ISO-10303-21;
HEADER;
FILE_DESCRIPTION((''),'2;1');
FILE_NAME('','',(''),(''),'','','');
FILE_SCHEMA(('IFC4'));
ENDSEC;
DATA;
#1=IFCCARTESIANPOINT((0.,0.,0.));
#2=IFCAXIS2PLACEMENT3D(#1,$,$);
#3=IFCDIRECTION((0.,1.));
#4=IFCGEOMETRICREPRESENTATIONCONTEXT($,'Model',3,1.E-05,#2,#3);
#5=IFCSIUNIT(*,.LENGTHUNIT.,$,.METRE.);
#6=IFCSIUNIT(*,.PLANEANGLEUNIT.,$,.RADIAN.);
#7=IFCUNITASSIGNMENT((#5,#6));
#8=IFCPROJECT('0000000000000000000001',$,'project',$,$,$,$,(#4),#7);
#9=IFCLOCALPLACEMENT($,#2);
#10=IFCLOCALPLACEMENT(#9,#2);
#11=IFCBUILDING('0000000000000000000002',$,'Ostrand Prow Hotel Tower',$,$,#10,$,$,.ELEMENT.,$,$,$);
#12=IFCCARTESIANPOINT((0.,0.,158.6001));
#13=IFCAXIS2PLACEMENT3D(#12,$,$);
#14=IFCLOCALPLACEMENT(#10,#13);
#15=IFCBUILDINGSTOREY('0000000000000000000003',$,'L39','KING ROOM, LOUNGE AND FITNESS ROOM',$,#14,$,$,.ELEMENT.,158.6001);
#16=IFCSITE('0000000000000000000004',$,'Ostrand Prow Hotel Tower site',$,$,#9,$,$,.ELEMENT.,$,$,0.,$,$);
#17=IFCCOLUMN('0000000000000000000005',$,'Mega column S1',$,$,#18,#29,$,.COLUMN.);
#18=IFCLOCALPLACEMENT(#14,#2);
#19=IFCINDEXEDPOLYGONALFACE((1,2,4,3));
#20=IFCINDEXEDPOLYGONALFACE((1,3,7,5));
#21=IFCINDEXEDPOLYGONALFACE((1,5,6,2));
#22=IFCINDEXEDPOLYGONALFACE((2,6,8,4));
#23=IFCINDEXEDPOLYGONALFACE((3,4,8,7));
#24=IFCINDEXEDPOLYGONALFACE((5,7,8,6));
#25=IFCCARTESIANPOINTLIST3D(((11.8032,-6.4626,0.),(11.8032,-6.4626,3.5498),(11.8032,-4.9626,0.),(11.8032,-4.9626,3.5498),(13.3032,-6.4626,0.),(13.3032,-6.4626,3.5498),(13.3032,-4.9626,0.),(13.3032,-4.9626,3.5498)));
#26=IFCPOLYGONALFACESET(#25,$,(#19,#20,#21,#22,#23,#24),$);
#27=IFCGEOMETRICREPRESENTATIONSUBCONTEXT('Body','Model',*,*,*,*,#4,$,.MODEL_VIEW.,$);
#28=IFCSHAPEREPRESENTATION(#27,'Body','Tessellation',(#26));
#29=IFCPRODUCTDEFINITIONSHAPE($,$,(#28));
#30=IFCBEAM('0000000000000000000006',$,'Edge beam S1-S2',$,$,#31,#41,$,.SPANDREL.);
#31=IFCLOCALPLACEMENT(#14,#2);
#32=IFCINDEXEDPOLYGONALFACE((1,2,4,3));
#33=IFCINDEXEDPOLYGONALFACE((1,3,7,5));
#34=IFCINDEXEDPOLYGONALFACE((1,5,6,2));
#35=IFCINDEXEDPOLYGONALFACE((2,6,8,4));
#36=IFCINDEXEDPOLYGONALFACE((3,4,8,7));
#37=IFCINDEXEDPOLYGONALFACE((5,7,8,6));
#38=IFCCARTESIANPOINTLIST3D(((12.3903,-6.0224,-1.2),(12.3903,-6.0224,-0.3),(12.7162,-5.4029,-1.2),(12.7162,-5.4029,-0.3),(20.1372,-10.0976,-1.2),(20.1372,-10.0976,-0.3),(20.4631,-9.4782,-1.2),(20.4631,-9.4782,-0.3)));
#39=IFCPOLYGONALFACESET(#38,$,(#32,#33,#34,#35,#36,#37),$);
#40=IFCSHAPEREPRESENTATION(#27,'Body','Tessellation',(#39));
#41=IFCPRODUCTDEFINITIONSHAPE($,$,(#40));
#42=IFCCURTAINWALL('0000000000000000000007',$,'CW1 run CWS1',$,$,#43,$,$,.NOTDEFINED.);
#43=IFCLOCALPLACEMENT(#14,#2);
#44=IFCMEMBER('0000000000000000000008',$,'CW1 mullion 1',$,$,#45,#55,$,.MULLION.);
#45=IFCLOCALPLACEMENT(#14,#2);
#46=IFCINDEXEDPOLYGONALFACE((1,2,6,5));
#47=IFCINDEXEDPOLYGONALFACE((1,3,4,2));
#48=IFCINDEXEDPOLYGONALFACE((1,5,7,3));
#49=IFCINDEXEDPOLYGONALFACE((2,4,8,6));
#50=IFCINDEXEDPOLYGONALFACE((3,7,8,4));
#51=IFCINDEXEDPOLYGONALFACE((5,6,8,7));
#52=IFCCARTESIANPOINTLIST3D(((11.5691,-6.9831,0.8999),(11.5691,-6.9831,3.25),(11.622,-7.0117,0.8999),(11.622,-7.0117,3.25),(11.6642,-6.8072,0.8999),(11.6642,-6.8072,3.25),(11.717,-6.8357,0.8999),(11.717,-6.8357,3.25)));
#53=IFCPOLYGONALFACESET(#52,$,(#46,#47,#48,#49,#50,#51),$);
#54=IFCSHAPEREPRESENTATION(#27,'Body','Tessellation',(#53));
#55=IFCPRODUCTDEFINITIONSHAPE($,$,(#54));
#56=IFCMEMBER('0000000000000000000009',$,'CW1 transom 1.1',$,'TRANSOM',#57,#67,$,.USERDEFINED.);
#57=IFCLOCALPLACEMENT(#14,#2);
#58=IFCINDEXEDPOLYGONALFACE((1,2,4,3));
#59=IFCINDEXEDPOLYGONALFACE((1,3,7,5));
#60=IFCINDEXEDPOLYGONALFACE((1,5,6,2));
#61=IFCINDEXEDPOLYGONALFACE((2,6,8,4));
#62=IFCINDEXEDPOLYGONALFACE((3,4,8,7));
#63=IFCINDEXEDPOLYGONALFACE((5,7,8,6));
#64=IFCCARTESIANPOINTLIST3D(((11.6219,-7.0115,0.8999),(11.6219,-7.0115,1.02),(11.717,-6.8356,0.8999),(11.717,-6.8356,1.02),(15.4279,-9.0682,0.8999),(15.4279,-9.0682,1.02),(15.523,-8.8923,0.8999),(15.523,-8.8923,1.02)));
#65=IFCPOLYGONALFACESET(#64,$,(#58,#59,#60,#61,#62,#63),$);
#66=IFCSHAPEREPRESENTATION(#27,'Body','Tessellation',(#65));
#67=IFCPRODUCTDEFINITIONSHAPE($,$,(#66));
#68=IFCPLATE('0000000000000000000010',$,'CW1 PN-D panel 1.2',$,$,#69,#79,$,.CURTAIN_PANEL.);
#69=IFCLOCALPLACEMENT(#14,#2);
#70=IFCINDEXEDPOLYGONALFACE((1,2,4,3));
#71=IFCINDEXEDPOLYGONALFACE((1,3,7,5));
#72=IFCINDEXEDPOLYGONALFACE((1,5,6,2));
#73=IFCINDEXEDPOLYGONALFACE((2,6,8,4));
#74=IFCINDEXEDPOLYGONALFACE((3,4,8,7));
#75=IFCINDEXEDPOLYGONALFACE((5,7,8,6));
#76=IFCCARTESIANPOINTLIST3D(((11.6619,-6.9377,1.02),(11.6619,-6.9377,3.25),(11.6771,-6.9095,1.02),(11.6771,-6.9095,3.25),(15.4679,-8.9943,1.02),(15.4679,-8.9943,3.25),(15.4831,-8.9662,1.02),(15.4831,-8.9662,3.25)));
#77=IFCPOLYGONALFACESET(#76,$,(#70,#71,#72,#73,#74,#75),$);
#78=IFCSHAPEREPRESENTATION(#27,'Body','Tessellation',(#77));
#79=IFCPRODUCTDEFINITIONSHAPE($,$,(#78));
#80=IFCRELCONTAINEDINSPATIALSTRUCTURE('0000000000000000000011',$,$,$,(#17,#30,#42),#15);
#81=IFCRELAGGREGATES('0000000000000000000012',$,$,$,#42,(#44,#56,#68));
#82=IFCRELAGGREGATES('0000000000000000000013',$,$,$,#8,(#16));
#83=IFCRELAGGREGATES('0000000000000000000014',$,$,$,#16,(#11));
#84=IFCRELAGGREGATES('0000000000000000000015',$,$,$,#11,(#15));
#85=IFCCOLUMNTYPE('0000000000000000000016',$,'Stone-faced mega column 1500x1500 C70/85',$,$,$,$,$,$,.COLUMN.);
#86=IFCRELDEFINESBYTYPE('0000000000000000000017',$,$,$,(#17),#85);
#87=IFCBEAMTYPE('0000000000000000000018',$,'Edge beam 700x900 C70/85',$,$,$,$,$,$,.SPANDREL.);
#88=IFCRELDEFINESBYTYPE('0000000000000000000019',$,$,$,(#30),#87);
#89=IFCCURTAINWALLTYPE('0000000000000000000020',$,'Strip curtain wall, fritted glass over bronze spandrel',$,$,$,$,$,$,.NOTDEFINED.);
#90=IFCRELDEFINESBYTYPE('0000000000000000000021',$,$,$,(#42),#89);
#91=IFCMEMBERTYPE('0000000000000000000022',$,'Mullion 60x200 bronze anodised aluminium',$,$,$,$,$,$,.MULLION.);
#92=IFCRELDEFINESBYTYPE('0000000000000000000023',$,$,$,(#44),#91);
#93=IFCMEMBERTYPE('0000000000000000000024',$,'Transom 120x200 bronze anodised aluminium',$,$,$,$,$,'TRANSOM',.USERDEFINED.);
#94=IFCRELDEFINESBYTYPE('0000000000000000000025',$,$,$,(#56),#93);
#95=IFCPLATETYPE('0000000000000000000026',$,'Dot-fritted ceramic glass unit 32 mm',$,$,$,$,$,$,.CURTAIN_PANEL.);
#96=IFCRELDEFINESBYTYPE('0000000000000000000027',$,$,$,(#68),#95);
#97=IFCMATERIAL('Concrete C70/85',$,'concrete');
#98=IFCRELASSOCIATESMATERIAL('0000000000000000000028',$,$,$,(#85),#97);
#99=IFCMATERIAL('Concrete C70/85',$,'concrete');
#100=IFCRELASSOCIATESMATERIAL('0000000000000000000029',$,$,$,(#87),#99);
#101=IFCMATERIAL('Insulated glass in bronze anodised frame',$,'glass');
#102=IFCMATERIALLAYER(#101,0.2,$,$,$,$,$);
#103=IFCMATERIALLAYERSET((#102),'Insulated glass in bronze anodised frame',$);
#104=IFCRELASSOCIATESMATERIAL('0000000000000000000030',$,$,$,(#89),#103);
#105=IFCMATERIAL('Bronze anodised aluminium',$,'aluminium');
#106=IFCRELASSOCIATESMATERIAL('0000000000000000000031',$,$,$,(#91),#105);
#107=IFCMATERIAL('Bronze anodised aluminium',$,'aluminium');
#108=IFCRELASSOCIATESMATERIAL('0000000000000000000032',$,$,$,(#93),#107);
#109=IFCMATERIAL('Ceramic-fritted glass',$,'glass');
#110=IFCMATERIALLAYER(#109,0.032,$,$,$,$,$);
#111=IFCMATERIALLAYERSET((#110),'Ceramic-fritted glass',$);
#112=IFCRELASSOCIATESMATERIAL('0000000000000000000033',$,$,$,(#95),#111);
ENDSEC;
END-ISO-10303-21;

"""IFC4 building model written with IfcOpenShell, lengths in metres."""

from ifc_helpers import new_model, si_unit, direction, frame, origin, origin_2d, place, context, subcontext, project, spatial, rectangle, extrude, material, layer, layer_set, material_profile, profile_set, type_object, element, aggregate, save


model = new_model("IFC4")

# Units and contexts
model_context = context("Model", 3, precision=1e-05, world=origin(), true_north=direction((0.0, 1.0)))
body_context = subcontext(model_context, "Body", "Model", "MODEL_VIEW")
ifc_project = project(units=[si_unit("LENGTHUNIT", "METRE"), si_unit("PLANEANGLEUNIT", "RADIAN")], contexts=[model_context])

# Site, building, storey
site_placement = place(None, origin())
site = spatial("IfcSite", under=ifc_project, at=site_placement, Name="Ostrand Prow Hotel Tower site", CompositionType="ELEMENT", RefElevation=0.0)
building_placement = place(site_placement, origin())
building = spatial("IfcBuilding", under=site, at=building_placement, Name="Ostrand Prow Hotel Tower", CompositionType="ELEMENT")
storey_placement = place(building_placement, frame((0.0, 0.0, 158.6001)))
storey = spatial("IfcBuildingStorey", under=building, at=storey_placement, Name="L39", Description="KING ROOM, LOUNGE AND FITNESS ROOM", CompositionType="ELEMENT", Elevation=158.6001)

# Column
ifc_material_1 = material(Name="Concrete C70/85", Category="concrete")
ifc_material_profile_1 = material_profile(ifc_material_1, rectangle(XDim=1.5, YDim=1.5, at=origin_2d()), Name="RC 1500x1500")
ifc_profile_set_1 = profile_set([ifc_material_profile_1], Name="Concrete C70/85")
column_type = type_object("IfcColumnType", Name="Stone-faced mega column 1500x1500 C70/85", PredefinedType="COLUMN", material=ifc_profile_set_1)
column_placement = place(storey_placement, frame((12.5532, -5.7126, 0.0), z_axis=(0.0, 0.0, 1.0), x_axis=(1.0, 0.0, 0.0)))
element("IfcColumn", 1, at=column_placement, inside=storey, type_object=column_type, Name="Mega column S1", PredefinedType="COLUMN", context=body_context, shape_type="SweptSolid", body=[
    extrude(rectangle(XDim=1.5, YDim=1.5, at=origin_2d()), origin(), (0.0, 0.0, 1.0), 3.5498),
])

# Beam
ifc_material_2 = material(Name="Concrete C70/85", Category="concrete")
ifc_material_profile_2 = material_profile(ifc_material_2, rectangle(XDim=0.7, YDim=0.8999, at=origin_2d()), Name="RC 700x900")
ifc_profile_set_2 = profile_set([ifc_material_profile_2], Name="Concrete C70/85")
beam_type = type_object("IfcBeamType", Name="Edge beam 700x900 C70/85", PredefinedType="SPANDREL", material=ifc_profile_set_2)
beam_placement = place(storey_placement, frame((12.5532, -5.7126, -0.75), z_axis=(0.885016, -0.46556, 0.0), x_axis=(0.46556, 0.885016, 0.0)))
element("IfcBeam", 2, at=beam_placement, inside=storey, type_object=beam_type, Name="Edge beam S1-S2", PredefinedType="SPANDREL", context=body_context, shape_type="SweptSolid", body=[
    extrude(rectangle(XDim=0.7, YDim=0.8999, at=origin_2d()), origin(), (0.0, 0.0, 1.0), 8.7534),
])

# Curtain wall, members, plate
ifc_material_3 = material(Name="Insulated glass in bronze anodised frame", Category="glass")
ifc_layer_1 = layer(ifc_material_3, 0.2)
ifc_layer_set_1 = layer_set([ifc_layer_1], Name="Insulated glass in bronze anodised frame")
curtain_wall_type = type_object("IfcCurtainWallType", Name="Strip curtain wall, fritted glass over bronze spandrel", PredefinedType="NOTDEFINED", material=ifc_layer_set_1)
curtain_wall_placement = place(storey_placement, origin())
curtain_wall = element("IfcCurtainWall", 3, at=curtain_wall_placement, inside=storey, type_object=curtain_wall_type, Name="CW1 run CWS1", PredefinedType="NOTDEFINED")
ifc_material_4 = material(Name="Bronze anodised aluminium", Category="aluminium")
ifc_material_profile_3 = material_profile(ifc_material_4, rectangle(XDim=0.2, YDim=0.0601, at=origin_2d()), Name="Mullion 60x200 bronze anodised aluminium")
ifc_profile_set_3 = profile_set([ifc_material_profile_3], Name="Bronze anodised aluminium")
member_type_1 = type_object("IfcMemberType", Name="Mullion 60x200 bronze anodised aluminium", PredefinedType="MULLION", material=ifc_profile_set_3)
member_1_placement = place(storey_placement, frame((11.6431, -6.9094, 0.8999), z_axis=(0.0, 0.0, 1.0), x_axis=(0.475394, 0.879773, 0.0)))
member_1 = element("IfcMember", 4, at=member_1_placement, type_object=member_type_1, Name="CW1 mullion 1", PredefinedType="MULLION", context=body_context, shape_type="SweptSolid", body=[
    extrude(rectangle(XDim=0.2, YDim=0.0601, at=origin_2d()), origin(), (0.0, 0.0, 1.0), 2.3501),
])
ifc_material_5 = material(Name="Bronze anodised aluminium", Category="aluminium")
ifc_material_profile_4 = material_profile(ifc_material_5, rectangle(XDim=0.2, YDim=0.1201, at=origin_2d()), Name="Transom 120x200 bronze anodised aluminium")
ifc_profile_set_4 = profile_set([ifc_material_profile_4], Name="Bronze anodised aluminium")
member_type_2 = type_object("IfcMemberType", Name="Transom 120x200 bronze anodised aluminium", ElementType="TRANSOM", PredefinedType="USERDEFINED", material=ifc_profile_set_4)
member_2_placement = place(storey_placement, frame((11.6694, -6.9236, 0.96), z_axis=(0.879765, -0.475408, 0.0), x_axis=(0.475408, 0.879765, 0.0)))
member_2 = element("IfcMember", 5, at=member_2_placement, type_object=member_type_2, Name="CW1 transom 1.1", ObjectType="TRANSOM", PredefinedType="USERDEFINED", context=body_context, shape_type="SweptSolid", body=[
    extrude(rectangle(XDim=0.2, YDim=0.1201, at=origin_2d()), origin(), (0.0, 0.0, 1.0), 4.3262),
])
ifc_material_6 = material(Name="Ceramic-fritted glass", Category="glass")
ifc_layer_2 = layer(ifc_material_6, 0.032)
ifc_layer_set_2 = layer_set([ifc_layer_2], Name="Ceramic-fritted glass")
plate_type = type_object("IfcPlateType", Name="Dot-fritted ceramic glass unit 32 mm", PredefinedType="CURTAIN_PANEL", material=ifc_layer_set_2)
plate_placement = place(storey_placement, frame((13.5725, -7.9519, 1.02), z_axis=(0.0, 0.0, 1.0), x_axis=(0.879773, -0.475394, 0.0)))
plate = element("IfcPlate", 6, at=plate_placement, type_object=plate_type, Name="CW1 PN-D panel 1.2", PredefinedType="CURTAIN_PANEL", context=body_context, shape_type="SweptSolid", body=[
    extrude(rectangle(XDim=4.3262, YDim=0.032, at=origin_2d()), origin(), (0.0, 0.0, 1.0), 2.23),
])
aggregate(curtain_wall, [member_1, member_2, plate])

save(model, "model.ifc")
